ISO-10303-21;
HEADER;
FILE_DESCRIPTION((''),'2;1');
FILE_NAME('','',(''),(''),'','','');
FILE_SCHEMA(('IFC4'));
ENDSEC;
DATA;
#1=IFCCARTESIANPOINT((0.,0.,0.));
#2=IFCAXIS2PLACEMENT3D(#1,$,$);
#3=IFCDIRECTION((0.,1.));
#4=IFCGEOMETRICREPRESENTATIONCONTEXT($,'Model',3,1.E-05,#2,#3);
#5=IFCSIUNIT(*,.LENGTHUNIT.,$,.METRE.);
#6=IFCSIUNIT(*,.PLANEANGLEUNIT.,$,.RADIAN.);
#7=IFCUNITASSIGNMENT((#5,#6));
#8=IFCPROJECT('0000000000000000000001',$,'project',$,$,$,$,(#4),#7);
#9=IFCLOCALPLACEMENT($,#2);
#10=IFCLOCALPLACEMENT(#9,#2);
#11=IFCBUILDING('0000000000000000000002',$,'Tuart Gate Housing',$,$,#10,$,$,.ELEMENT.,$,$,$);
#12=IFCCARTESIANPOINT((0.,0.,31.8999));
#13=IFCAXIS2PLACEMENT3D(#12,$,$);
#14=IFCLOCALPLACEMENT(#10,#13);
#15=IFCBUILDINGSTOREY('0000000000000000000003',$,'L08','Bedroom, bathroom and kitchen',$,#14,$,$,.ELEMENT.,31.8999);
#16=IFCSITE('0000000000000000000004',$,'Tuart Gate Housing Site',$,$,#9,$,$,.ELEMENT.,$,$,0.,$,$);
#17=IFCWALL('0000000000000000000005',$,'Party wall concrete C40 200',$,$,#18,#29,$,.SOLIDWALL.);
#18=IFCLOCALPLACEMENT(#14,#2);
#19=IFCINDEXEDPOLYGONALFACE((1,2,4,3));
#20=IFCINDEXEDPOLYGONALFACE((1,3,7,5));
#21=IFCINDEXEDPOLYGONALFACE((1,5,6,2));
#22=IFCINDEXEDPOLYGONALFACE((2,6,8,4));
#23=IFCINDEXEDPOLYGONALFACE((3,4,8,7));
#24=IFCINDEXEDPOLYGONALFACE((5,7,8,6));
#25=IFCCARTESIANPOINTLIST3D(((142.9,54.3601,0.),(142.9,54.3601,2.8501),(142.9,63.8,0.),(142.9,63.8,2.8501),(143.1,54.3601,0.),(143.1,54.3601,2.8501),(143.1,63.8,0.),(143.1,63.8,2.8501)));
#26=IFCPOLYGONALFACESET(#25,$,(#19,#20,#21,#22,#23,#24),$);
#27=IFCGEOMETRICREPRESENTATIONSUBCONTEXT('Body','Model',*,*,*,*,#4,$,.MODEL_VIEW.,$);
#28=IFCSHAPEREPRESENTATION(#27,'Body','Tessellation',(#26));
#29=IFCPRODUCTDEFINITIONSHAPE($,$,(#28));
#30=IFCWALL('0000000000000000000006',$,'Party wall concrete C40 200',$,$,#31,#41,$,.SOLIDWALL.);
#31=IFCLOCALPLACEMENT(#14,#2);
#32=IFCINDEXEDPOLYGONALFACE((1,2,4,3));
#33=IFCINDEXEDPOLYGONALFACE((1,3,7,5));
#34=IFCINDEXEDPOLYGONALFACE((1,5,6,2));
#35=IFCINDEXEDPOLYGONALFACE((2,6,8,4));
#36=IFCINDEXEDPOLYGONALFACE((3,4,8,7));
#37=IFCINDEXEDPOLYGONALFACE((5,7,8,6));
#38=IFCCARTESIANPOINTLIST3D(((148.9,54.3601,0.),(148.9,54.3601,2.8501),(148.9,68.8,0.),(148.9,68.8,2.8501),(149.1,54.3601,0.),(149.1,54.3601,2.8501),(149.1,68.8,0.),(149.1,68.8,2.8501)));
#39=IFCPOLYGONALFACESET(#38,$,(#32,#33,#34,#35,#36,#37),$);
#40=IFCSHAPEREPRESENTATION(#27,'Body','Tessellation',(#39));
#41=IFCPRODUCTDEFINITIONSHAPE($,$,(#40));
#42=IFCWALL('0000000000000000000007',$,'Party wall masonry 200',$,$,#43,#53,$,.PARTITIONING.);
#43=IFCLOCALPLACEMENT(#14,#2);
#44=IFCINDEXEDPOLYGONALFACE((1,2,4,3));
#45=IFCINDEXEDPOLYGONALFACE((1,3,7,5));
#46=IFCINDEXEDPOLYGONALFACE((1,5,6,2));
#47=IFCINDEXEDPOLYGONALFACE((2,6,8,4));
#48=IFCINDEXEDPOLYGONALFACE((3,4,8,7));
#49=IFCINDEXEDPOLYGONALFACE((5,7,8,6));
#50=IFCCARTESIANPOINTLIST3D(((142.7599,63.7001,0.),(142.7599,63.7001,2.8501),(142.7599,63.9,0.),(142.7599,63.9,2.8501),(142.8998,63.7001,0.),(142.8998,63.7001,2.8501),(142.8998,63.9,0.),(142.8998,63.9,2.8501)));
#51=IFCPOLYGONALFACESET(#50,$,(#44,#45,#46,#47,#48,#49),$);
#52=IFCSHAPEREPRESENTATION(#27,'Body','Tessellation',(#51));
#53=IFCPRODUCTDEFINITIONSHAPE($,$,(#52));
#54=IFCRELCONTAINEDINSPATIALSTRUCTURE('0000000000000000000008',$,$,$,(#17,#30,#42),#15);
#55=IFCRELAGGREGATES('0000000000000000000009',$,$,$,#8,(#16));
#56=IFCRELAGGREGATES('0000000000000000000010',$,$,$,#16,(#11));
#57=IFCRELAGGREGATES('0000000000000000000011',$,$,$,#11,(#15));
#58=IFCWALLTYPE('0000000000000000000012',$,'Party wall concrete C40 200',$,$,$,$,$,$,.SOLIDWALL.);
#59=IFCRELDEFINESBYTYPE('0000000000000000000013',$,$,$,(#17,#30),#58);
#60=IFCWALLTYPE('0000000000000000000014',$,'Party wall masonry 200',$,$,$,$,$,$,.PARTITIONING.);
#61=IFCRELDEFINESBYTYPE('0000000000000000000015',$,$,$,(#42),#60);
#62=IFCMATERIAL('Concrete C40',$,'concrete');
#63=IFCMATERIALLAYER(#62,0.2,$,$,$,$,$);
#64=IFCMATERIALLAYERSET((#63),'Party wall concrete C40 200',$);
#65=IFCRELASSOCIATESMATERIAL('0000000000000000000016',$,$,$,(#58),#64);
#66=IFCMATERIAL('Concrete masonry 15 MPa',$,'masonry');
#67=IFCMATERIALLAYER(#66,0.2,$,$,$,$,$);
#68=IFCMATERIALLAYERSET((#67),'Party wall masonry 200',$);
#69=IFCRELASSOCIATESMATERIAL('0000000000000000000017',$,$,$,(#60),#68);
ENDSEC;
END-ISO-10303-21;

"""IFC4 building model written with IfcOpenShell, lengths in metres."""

from ifc_helpers import new_model, si_unit, direction, frame, frame_2d, origin, place, context, subcontext, project, spatial, rectangle, extrude, material, layer, layer_set, type_object, element, save


model = new_model("IFC4")

# Units and contexts
model_context = context("Model", 3, precision=1e-05, world=origin(), true_north=direction((0.0, 1.0)))
body_context = subcontext(model_context, "Body", "Model", "MODEL_VIEW")
ifc_project = project(units=[si_unit("LENGTHUNIT", "METRE"), si_unit("PLANEANGLEUNIT", "RADIAN")], contexts=[model_context])

# Site, building, storey
site_placement = place(None, origin())
site = spatial("IfcSite", under=ifc_project, at=site_placement, Name="Tuart Gate Housing Site", CompositionType="ELEMENT", RefElevation=0.0)
building_placement = place(site_placement, origin())
building = spatial("IfcBuilding", under=site, at=building_placement, Name="Tuart Gate Housing", CompositionType="ELEMENT")
storey_placement = place(building_placement, frame((0.0, 0.0, 31.8999)))
storey = spatial("IfcBuildingStorey", under=building, at=storey_placement, Name="L08", Description="Bedroom, bathroom and kitchen", CompositionType="ELEMENT", Elevation=31.8999)

# Walls
ifc_material_1 = material(Name="Concrete C40", Category="concrete")
ifc_layer_1 = layer(ifc_material_1, 0.2)
ifc_layer_set_1 = layer_set([ifc_layer_1], Name="Party wall concrete C40 200")
wall_type_1 = type_object("IfcWallType", Name="Party wall concrete C40 200", PredefinedType="SOLIDWALL", material=ifc_layer_set_1)
wall_1_placement = place(storey_placement, frame((143.0, 54.3601, 0.0), z_axis=(0.0, 0.0, 1.0), x_axis=(0.0, 1.0, 0.0)))
element("IfcWall", 1, at=wall_1_placement, inside=storey, type_object=wall_type_1, Name="Party wall concrete C40 200", PredefinedType="SOLIDWALL", context=body_context, shape_type="SweptSolid", body=[
    extrude(rectangle(XDim=9.4399, YDim=0.2, at=frame_2d((4.72, 0.0))), origin(), (0.0, 0.0, 1.0), 2.8501),
])
wall_2_placement = place(storey_placement, frame((149.0, 54.3601, 0.0), z_axis=(0.0, 0.0, 1.0), x_axis=(0.0, 1.0, 0.0)))
element("IfcWall", 2, at=wall_2_placement, inside=storey, type_object=wall_type_1, Name="Party wall concrete C40 200", PredefinedType="SOLIDWALL", context=body_context, shape_type="SweptSolid", body=[
    extrude(rectangle(XDim=14.4399, YDim=0.2, at=frame_2d((7.22, 0.0))), origin(), (0.0, 0.0, 1.0), 2.8501),
])
ifc_material_2 = material(Name="Concrete masonry 15 MPa", Category="masonry")
ifc_layer_2 = layer(ifc_material_2, 0.2)
ifc_layer_set_2 = layer_set([ifc_layer_2], Name="Party wall masonry 200")
wall_type_2 = type_object("IfcWallType", Name="Party wall masonry 200", PredefinedType="PARTITIONING", material=ifc_layer_set_2)
wall_3_placement = place(storey_placement, frame((142.76, 63.8, 0.0), z_axis=(0.0, 0.0, 1.0), x_axis=(1.0, 0.0, 0.0)))
element("IfcWall", 3, at=wall_3_placement, inside=storey, type_object=wall_type_2, Name="Party wall masonry 200", PredefinedType="PARTITIONING", context=body_context, shape_type="SweptSolid", body=[
    extrude(rectangle(XDim=0.1399, YDim=0.2, at=frame_2d((0.0698, 0.0))), origin(), (0.0, 0.0, 1.0), 2.8501),
])

save(model, "model.ifc")
